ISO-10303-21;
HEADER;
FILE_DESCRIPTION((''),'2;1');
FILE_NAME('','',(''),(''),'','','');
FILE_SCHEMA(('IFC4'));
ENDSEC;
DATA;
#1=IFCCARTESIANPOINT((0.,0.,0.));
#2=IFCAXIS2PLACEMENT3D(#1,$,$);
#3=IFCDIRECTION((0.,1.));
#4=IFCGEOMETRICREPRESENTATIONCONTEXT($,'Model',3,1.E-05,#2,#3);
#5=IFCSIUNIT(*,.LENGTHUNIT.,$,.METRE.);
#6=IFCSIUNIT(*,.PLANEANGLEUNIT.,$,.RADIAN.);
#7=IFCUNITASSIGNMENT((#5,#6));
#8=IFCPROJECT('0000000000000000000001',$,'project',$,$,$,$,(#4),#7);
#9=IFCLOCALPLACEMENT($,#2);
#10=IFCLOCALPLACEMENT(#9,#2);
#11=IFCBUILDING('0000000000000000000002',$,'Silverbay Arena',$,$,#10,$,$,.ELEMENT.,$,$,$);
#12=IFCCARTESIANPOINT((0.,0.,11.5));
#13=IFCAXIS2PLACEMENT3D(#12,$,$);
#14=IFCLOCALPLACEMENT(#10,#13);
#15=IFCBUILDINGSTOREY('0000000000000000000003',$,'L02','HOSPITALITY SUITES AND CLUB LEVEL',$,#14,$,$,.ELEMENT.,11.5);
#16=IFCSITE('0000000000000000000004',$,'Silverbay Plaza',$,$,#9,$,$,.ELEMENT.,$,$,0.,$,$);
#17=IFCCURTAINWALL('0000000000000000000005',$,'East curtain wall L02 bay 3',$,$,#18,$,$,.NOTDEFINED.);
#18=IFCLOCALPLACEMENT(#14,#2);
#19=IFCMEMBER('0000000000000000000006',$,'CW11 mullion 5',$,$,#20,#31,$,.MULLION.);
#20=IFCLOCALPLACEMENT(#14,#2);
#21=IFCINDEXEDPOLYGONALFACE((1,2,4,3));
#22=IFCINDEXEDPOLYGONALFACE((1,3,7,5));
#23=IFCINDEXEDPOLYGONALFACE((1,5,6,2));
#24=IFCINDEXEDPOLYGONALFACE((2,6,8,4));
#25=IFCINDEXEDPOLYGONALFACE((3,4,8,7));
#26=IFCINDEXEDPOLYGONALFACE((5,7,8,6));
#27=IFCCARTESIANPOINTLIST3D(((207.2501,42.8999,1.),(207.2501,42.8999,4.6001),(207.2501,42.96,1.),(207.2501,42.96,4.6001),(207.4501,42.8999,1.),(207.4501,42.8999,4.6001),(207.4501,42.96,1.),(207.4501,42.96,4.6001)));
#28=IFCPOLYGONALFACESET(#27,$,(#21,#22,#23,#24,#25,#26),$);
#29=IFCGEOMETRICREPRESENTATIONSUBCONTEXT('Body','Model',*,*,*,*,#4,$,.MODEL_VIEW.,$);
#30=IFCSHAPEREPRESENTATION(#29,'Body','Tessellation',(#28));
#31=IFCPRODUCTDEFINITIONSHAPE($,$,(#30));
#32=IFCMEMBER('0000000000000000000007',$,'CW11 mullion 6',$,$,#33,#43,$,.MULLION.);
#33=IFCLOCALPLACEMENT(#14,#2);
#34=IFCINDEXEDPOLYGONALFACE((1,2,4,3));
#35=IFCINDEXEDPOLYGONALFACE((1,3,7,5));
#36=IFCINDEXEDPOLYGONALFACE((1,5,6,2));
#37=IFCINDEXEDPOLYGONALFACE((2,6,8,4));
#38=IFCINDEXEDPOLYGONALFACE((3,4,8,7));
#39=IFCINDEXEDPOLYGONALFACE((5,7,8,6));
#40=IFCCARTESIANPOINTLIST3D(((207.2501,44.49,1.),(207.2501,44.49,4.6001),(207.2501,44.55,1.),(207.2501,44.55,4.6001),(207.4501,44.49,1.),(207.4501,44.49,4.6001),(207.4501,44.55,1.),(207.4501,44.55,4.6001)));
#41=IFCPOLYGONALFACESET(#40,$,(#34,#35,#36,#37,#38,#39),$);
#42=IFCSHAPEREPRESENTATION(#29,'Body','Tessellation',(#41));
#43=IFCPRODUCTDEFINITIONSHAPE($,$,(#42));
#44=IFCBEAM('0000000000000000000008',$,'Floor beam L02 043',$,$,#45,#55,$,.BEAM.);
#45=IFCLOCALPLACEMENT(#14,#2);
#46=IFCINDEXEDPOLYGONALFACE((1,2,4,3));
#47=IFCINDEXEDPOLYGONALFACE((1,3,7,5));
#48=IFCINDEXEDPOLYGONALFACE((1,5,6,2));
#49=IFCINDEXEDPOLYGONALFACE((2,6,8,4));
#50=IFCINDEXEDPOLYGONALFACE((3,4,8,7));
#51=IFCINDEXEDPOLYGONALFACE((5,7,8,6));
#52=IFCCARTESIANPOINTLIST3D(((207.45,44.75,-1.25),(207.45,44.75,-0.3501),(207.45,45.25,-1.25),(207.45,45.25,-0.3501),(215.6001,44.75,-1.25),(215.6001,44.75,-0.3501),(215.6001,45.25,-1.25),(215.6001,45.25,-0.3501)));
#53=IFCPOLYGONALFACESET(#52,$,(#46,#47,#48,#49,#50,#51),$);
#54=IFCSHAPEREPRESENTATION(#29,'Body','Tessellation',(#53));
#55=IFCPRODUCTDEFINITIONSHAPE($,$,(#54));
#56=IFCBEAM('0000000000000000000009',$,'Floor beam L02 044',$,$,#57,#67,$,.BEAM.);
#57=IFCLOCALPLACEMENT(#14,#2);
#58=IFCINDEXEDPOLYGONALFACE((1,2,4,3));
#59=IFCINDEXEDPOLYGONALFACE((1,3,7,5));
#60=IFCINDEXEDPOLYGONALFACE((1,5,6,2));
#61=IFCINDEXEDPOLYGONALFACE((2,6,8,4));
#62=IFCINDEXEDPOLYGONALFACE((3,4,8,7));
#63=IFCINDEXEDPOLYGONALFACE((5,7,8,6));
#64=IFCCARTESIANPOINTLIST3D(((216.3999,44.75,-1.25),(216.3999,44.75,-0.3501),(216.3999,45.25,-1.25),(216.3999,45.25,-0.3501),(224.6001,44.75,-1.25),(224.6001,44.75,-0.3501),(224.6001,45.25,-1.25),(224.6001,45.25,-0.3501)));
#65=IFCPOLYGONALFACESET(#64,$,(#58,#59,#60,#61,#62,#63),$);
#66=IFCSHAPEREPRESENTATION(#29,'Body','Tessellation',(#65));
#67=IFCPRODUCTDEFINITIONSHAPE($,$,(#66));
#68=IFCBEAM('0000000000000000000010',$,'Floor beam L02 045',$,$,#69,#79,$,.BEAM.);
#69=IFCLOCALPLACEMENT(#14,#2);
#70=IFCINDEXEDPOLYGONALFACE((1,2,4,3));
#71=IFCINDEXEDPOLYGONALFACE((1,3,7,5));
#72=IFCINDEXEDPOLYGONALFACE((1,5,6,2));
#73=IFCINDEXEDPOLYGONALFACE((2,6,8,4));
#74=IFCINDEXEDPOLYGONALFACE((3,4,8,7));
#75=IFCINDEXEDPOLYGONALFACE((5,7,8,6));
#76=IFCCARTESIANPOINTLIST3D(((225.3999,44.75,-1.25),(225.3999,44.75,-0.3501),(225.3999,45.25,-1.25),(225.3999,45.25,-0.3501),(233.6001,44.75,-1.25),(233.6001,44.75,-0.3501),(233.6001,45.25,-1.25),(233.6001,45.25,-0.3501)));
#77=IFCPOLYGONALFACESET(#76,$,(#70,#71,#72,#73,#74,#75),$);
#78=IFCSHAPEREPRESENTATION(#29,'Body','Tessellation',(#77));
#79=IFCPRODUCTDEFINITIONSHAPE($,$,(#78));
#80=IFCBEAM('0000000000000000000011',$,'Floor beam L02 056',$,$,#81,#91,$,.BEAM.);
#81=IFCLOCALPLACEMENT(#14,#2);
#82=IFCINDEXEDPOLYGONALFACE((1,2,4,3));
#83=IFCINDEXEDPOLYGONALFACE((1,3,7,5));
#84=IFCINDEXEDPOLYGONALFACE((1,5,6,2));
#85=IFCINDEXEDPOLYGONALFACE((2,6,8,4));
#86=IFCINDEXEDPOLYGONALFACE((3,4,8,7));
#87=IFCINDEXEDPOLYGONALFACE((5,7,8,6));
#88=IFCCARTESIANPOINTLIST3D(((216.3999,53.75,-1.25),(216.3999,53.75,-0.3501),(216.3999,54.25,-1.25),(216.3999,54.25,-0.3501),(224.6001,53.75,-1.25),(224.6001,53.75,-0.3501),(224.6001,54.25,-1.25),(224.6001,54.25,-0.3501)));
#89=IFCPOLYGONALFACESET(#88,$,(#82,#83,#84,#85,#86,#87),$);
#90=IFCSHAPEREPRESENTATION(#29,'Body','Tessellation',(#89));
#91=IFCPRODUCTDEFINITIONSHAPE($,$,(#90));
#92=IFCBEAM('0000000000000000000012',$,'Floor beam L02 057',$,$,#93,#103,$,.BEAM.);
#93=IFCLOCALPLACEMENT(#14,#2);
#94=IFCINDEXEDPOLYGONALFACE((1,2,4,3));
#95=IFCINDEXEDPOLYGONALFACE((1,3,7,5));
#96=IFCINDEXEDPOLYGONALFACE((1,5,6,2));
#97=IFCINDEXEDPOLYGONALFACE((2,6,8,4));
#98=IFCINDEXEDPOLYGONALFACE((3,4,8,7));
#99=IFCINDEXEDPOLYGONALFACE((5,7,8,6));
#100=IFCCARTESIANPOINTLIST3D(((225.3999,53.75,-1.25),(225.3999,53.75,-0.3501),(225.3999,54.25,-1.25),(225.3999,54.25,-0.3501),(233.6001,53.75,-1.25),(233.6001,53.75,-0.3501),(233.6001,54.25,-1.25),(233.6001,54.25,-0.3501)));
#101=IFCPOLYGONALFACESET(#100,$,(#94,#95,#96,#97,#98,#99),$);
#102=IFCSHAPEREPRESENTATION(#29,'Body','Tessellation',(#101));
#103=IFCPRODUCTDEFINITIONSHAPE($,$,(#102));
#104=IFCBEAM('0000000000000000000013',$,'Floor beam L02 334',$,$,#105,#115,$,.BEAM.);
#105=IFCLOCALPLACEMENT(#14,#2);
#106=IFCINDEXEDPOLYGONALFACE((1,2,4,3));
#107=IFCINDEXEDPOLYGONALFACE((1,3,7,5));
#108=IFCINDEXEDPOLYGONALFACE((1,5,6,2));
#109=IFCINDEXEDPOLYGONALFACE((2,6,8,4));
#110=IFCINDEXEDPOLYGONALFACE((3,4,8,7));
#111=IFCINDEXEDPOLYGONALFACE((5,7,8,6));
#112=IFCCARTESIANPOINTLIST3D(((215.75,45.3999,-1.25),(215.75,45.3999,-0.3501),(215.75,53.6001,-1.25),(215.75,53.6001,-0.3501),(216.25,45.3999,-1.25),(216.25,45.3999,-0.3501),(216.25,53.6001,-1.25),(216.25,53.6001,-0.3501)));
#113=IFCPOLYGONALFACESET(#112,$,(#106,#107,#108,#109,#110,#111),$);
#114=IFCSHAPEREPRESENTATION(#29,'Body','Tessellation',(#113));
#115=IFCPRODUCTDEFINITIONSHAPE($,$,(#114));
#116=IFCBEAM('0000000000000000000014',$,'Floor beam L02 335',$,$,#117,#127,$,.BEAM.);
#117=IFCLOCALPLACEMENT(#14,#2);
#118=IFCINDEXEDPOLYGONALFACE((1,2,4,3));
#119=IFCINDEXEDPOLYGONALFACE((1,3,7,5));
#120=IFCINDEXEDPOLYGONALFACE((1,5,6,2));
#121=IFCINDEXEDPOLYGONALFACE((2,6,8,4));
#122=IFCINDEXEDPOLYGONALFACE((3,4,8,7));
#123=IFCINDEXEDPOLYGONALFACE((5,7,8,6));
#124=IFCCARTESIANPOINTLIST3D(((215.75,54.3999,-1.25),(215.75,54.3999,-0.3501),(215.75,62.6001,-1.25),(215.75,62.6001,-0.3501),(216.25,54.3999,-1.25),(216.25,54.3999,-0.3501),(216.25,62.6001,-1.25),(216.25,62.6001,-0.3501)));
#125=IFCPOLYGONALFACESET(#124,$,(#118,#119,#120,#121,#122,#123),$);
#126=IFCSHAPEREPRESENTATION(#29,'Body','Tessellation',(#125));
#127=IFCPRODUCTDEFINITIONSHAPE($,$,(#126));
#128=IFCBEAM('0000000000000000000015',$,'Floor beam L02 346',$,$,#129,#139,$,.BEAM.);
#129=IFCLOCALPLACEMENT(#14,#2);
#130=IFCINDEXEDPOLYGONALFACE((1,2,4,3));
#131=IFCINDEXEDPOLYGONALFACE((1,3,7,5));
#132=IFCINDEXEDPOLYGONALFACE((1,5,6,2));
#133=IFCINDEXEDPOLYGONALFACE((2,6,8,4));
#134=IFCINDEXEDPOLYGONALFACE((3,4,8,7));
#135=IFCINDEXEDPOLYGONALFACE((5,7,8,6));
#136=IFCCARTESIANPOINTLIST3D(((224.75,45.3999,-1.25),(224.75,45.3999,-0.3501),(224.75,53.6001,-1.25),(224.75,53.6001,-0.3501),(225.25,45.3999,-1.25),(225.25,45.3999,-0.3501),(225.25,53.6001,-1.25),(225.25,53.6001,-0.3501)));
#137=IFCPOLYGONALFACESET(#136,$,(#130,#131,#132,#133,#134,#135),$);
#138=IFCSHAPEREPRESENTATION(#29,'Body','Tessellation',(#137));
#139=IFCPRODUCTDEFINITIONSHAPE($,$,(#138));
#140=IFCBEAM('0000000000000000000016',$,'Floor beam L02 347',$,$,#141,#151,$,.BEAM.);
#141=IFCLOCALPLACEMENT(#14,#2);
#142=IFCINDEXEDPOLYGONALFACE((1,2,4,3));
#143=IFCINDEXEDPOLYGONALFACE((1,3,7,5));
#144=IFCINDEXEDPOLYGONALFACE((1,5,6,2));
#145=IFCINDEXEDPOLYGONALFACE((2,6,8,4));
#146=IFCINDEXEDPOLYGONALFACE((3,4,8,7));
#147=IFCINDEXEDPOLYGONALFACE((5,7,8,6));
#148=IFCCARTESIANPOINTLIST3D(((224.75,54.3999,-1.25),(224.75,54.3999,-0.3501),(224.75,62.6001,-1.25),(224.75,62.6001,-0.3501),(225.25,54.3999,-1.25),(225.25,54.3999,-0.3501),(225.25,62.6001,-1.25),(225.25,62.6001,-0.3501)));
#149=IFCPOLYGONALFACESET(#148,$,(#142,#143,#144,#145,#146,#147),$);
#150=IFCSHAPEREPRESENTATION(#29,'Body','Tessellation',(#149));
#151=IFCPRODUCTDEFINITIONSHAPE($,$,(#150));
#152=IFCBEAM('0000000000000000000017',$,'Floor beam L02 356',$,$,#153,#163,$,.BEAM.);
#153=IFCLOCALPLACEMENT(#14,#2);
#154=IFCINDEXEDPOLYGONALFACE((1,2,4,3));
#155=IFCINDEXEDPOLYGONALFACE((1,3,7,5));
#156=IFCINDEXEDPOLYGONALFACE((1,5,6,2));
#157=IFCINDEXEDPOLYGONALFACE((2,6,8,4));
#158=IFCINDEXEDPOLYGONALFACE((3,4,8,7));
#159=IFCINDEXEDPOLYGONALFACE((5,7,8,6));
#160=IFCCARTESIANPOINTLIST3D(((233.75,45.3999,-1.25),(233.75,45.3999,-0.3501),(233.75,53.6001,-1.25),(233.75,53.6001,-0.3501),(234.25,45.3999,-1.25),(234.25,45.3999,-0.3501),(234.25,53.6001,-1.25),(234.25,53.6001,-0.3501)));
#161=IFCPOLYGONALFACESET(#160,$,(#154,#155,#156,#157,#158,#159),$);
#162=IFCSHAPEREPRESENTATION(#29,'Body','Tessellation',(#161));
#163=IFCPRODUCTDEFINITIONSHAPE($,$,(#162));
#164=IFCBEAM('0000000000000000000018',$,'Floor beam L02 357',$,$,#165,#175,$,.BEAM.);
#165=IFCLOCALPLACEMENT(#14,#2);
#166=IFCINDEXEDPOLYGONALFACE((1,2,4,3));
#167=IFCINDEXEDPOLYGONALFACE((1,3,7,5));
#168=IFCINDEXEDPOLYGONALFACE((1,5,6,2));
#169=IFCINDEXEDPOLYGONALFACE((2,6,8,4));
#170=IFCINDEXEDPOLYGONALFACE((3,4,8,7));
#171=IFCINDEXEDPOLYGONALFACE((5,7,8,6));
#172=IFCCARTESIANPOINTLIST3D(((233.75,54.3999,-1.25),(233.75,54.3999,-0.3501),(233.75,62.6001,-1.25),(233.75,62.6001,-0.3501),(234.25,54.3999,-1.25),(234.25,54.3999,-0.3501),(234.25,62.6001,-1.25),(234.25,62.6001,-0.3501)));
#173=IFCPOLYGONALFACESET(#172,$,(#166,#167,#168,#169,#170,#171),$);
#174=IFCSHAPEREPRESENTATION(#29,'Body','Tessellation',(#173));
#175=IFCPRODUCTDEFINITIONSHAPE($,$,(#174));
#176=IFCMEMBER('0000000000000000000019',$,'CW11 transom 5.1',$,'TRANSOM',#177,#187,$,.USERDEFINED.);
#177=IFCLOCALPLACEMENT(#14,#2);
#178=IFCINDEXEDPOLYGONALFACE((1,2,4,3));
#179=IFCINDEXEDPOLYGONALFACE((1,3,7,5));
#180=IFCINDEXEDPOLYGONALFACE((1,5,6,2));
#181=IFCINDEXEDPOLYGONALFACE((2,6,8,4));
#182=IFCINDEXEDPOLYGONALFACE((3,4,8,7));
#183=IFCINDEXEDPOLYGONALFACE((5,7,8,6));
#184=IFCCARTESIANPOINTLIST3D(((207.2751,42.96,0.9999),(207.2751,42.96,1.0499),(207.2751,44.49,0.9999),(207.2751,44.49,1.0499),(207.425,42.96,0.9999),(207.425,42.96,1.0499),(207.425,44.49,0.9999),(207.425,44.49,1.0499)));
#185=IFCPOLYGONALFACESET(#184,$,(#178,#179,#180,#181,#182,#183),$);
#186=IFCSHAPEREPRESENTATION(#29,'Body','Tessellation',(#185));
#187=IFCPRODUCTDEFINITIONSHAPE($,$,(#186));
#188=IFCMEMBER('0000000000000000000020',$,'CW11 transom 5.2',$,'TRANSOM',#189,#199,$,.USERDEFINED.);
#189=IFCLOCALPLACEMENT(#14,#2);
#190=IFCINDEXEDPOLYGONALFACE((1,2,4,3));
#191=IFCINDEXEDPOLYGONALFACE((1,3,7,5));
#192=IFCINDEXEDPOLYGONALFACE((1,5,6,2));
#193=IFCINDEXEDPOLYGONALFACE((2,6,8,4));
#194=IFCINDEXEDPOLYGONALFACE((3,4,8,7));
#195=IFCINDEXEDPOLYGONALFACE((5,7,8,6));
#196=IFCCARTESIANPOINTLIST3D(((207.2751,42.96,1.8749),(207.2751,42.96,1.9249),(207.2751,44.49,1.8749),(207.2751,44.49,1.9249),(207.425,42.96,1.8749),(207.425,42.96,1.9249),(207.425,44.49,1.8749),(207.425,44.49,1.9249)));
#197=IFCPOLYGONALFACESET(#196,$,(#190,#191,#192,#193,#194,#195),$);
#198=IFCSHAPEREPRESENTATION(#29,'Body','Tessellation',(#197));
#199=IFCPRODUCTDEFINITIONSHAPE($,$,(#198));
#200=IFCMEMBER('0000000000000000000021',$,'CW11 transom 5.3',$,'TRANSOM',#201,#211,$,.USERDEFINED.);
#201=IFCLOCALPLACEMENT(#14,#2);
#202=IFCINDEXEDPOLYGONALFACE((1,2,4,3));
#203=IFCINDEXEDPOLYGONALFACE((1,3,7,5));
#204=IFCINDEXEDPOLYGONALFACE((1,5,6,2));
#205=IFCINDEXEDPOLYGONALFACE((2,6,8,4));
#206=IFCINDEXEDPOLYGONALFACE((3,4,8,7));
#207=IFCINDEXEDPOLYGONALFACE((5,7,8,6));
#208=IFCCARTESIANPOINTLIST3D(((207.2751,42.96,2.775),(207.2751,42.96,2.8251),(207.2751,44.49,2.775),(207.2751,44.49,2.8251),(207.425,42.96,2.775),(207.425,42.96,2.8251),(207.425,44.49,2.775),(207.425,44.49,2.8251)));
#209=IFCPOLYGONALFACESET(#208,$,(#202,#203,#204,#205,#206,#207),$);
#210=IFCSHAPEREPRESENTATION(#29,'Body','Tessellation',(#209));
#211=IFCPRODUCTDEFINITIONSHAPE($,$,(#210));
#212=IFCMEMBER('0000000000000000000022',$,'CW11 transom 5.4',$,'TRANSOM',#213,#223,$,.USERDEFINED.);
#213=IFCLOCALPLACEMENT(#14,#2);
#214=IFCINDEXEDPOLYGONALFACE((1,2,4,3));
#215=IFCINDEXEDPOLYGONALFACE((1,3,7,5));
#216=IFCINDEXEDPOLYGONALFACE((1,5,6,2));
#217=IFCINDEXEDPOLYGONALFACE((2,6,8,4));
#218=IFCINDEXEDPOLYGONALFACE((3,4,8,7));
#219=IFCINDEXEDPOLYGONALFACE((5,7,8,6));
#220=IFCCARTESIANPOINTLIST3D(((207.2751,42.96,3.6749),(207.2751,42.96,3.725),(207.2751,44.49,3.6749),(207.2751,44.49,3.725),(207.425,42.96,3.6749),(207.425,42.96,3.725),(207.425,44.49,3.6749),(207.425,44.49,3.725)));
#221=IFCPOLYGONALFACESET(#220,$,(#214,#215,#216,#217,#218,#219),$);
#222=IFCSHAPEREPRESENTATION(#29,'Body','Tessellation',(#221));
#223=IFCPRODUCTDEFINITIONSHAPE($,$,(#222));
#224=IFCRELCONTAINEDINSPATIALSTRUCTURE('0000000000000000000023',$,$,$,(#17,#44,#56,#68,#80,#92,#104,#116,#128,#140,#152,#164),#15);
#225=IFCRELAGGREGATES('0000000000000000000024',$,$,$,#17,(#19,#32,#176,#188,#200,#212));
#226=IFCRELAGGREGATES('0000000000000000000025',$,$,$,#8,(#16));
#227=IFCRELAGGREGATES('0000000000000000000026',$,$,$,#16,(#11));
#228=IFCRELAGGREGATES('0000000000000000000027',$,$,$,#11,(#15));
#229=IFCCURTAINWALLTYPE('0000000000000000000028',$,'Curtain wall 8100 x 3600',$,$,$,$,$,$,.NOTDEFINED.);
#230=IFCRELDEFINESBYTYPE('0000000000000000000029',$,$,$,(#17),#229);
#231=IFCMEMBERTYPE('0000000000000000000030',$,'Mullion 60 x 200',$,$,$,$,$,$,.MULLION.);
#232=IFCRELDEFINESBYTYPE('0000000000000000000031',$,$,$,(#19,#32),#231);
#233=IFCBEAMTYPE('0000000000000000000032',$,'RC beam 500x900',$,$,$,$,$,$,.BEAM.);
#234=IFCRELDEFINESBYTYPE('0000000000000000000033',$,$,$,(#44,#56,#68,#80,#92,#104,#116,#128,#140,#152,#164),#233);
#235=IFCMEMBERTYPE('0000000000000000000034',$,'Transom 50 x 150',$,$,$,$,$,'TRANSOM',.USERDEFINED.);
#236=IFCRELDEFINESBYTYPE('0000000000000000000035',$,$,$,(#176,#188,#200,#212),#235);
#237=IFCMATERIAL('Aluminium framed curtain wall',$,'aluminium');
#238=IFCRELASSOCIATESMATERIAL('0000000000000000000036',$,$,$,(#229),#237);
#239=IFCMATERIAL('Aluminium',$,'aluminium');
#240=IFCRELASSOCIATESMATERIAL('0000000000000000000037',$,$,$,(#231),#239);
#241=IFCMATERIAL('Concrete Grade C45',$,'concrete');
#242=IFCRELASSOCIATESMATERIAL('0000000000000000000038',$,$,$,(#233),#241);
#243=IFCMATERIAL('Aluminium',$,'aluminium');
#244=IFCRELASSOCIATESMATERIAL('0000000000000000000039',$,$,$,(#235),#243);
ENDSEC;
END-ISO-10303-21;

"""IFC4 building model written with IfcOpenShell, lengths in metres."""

from ifc_helpers import new_model, si_unit, direction, frame, origin, origin_2d, place, context, subcontext, project, spatial, rectangle, extrude, material, material_profile, profile_set, type_object, element, aggregate, save


model = new_model("IFC4")

# Units and contexts
model_context = context("Model", 3, precision=1e-05, world=origin(), true_north=direction((0.0, 1.0)))
body_context = subcontext(model_context, "Body", "Model", "MODEL_VIEW")
ifc_project = project(units=[si_unit("LENGTHUNIT", "METRE"), si_unit("PLANEANGLEUNIT", "RADIAN")], contexts=[model_context])

# Site, building, storey
site_placement = place(None, origin())
site = spatial("IfcSite", under=ifc_project, at=site_placement, Name="Silverbay Plaza", CompositionType="ELEMENT", RefElevation=0.0)
building_placement = place(site_placement, origin())
building = spatial("IfcBuilding", under=site, at=building_placement, Name="Silverbay Arena", CompositionType="ELEMENT")
storey_placement = place(building_placement, frame((0.0, 0.0, 11.5)))
storey = spatial("IfcBuildingStorey", under=building, at=storey_placement, Name="L02", Description="HOSPITALITY SUITES AND CLUB LEVEL", CompositionType="ELEMENT", Elevation=11.5)

# Curtain wall, members
ifc_material_1 = material(Name="Aluminium framed curtain wall", Category="aluminium")
curtain_wall_type = type_object("IfcCurtainWallType", Name="Curtain wall 8100 x 3600", PredefinedType="NOTDEFINED", material=ifc_material_1)
curtain_wall_placement = place(storey_placement, origin())
curtain_wall = element("IfcCurtainWall", 1, at=curtain_wall_placement, inside=storey, type_object=curtain_wall_type, Name="East curtain wall L02 bay 3", PredefinedType="NOTDEFINED")
ifc_material_2 = material(Name="Aluminium", Category="aluminium")
ifc_material_profile_1 = material_profile(ifc_material_2, rectangle(XDim=0.2, YDim=0.0601, at=origin_2d()), Name="Mullion 60 x 200")
ifc_profile_set_1 = profile_set([ifc_material_profile_1], Name="Aluminium")
member_type_1 = type_object("IfcMemberType", Name="Mullion 60 x 200", PredefinedType="MULLION", material=ifc_profile_set_1)
member_1_placement = place(storey_placement, frame((207.3501, 42.9299, 1.0), z_axis=(0.0, 0.0, 1.0), x_axis=(-1.0, 0.0, 0.0)))
member_1 = element("IfcMember", 2, at=member_1_placement, type_object=member_type_1, Name="CW11 mullion 5", PredefinedType="MULLION", context=body_context, shape_type="SweptSolid", body=[
    extrude(rectangle(XDim=0.2, YDim=0.0601, at=origin_2d()), origin(), (0.0, 0.0, 1.0), 3.6001),
])
member_2_placement = place(storey_placement, frame((207.3501, 44.52, 1.0), z_axis=(0.0, 0.0, 1.0), x_axis=(-1.0, 0.0, 0.0)))
member_2 = element("IfcMember", 3, at=member_2_placement, type_object=member_type_1, Name="CW11 mullion 6", PredefinedType="MULLION", context=body_context, shape_type="SweptSolid", body=[
    extrude(rectangle(XDim=0.2, YDim=0.0601, at=origin_2d()), origin(), (0.0, 0.0, 1.0), 3.6001),
])

# Beams
ifc_material_3 = material(Name="Concrete Grade C45", Category="concrete")
ifc_material_profile_2 = material_profile(ifc_material_3, rectangle(XDim=0.5, YDim=0.8999, at=origin_2d()), Name="RC 500x900")
ifc_profile_set_2 = profile_set([ifc_material_profile_2], Name="Concrete Grade C45")
beam_type = type_object("IfcBeamType", Name="RC beam 500x900", PredefinedType="BEAM", material=ifc_profile_set_2)
beam_placement = place(storey_placement, frame((207.45, 45.0, -0.8), z_axis=(1.0, 0.0, 0.0), x_axis=(0.0, 1.0, 0.0)))
element("IfcBeam", 4, at=beam_placement, inside=storey, type_object=beam_type, Name="Floor beam L02 043", PredefinedType="BEAM", context=body_context, shape_type="SweptSolid", body=[
    extrude(rectangle(XDim=0.5, YDim=0.8999, at=origin_2d()), origin(), (0.0, 0.0, 1.0), 8.1501),
])
for number, where, z_axis, x_axis, name in (
    (5, (216.3999, 45.0, -0.8), (1.0, 0.0, 0.0), (0.0, 1.0, 0.0), "Floor beam L02 044"),
    (6, (225.3999, 45.0, -0.8), (1.0, 0.0, 0.0), (0.0, 1.0, 0.0), "Floor beam L02 045"),
    (7, (216.3999, 54.0, -0.8), (1.0, 0.0, 0.0), (0.0, 1.0, 0.0), "Floor beam L02 056"),
    (8, (225.3999, 54.0, -0.8), (1.0, 0.0, 0.0), (0.0, 1.0, 0.0), "Floor beam L02 057"),
    (9, (216.0, 45.3999, -0.8), (0.0, 1.0, 0.0), (-1.0, 0.0, 0.0), "Floor beam L02 334"),
    (10, (216.0, 54.3999, -0.8), (0.0, 1.0, 0.0), (-1.0, 0.0, 0.0), "Floor beam L02 335"),
    (11, (225.0, 45.3999, -0.8), (0.0, 1.0, 0.0), (-1.0, 0.0, 0.0), "Floor beam L02 346"),
    (12, (225.0, 54.3999, -0.8), (0.0, 1.0, 0.0), (-1.0, 0.0, 0.0), "Floor beam L02 347"),
    (13, (234.0, 45.3999, -0.8), (0.0, 1.0, 0.0), (-1.0, 0.0, 0.0), "Floor beam L02 356"),
    (14, (234.0, 54.3999, -0.8), (0.0, 1.0, 0.0), (-1.0, 0.0, 0.0), "Floor beam L02 357"),
):
    element("IfcBeam", number, at=place(storey_placement, frame(where, z_axis=z_axis, x_axis=x_axis)), inside=storey, type_object=beam_type, Name=name, PredefinedType="BEAM", context=body_context, shape_type="SweptSolid", body=[
        extrude(rectangle(XDim=0.5, YDim=0.8999, at=origin_2d()), origin(), (0.0, 0.0, 1.0), 8.2002),
    ])

# Members
ifc_material_4 = material(Name="Aluminium", Category="aluminium")
ifc_material_profile_3 = material_profile(ifc_material_4, rectangle(XDim=0.1499, YDim=0.05, at=origin_2d()), Name="Transom 50 x 150")
ifc_profile_set_3 = profile_set([ifc_material_profile_3], Name="Aluminium")
member_type_2 = type_object("IfcMemberType", Name="Transom 50 x 150", ElementType="TRANSOM", PredefinedType="USERDEFINED", material=ifc_profile_set_3)
member_3_placement = place(storey_placement, frame((207.3501, 42.96, 1.0249), z_axis=(0.0, 1.0, 0.0), x_axis=(-1.0, 0.0, 0.0)))
member_3 = element("IfcMember", 15, at=member_3_placement, type_object=member_type_2, Name="CW11 transom 5.1", ObjectType="TRANSOM", PredefinedType="USERDEFINED", context=body_context, shape_type="SweptSolid", body=[
    extrude(rectangle(XDim=0.1499, YDim=0.05, at=origin_2d()), origin(), (0.0, 0.0, 1.0), 1.53),
])
member_4_placement = place(storey_placement, frame((207.3501, 42.96, 1.8999), z_axis=(0.0, 1.0, 0.0), x_axis=(-1.0, 0.0, 0.0)))
member_4 = element("IfcMember", 16, at=member_4_placement, type_object=member_type_2, Name="CW11 transom 5.2", ObjectType="TRANSOM", PredefinedType="USERDEFINED", context=body_context, shape_type="SweptSolid", body=[
    extrude(rectangle(XDim=0.1499, YDim=0.05, at=origin_2d()), origin(), (0.0, 0.0, 1.0), 1.53),
])
member_5_placement = place(storey_placement, frame((207.3501, 42.96, 2.8), z_axis=(0.0, 1.0, 0.0), x_axis=(-1.0, 0.0, 0.0)))
member_5 = element("IfcMember", 17, at=member_5_placement, type_object=member_type_2, Name="CW11 transom 5.3", ObjectType="TRANSOM", PredefinedType="USERDEFINED", context=body_context, shape_type="SweptSolid", body=[
    extrude(rectangle(XDim=0.1499, YDim=0.05, at=origin_2d()), origin(), (0.0, 0.0, 1.0), 1.53),
])
member_6_placement = place(storey_placement, frame((207.3501, 42.96, 3.7), z_axis=(0.0, 1.0, 0.0), x_axis=(-1.0, 0.0, 0.0)))
member_6 = element("IfcMember", 18, at=member_6_placement, type_object=member_type_2, Name="CW11 transom 5.4", ObjectType="TRANSOM", PredefinedType="USERDEFINED", context=body_context, shape_type="SweptSolid", body=[
    extrude(rectangle(XDim=0.1499, YDim=0.05, at=origin_2d()), origin(), (0.0, 0.0, 1.0), 1.53),
])

aggregate(curtain_wall, [member_1, member_2, member_3, member_4, member_5, member_6])

save(model, "model.ifc")
